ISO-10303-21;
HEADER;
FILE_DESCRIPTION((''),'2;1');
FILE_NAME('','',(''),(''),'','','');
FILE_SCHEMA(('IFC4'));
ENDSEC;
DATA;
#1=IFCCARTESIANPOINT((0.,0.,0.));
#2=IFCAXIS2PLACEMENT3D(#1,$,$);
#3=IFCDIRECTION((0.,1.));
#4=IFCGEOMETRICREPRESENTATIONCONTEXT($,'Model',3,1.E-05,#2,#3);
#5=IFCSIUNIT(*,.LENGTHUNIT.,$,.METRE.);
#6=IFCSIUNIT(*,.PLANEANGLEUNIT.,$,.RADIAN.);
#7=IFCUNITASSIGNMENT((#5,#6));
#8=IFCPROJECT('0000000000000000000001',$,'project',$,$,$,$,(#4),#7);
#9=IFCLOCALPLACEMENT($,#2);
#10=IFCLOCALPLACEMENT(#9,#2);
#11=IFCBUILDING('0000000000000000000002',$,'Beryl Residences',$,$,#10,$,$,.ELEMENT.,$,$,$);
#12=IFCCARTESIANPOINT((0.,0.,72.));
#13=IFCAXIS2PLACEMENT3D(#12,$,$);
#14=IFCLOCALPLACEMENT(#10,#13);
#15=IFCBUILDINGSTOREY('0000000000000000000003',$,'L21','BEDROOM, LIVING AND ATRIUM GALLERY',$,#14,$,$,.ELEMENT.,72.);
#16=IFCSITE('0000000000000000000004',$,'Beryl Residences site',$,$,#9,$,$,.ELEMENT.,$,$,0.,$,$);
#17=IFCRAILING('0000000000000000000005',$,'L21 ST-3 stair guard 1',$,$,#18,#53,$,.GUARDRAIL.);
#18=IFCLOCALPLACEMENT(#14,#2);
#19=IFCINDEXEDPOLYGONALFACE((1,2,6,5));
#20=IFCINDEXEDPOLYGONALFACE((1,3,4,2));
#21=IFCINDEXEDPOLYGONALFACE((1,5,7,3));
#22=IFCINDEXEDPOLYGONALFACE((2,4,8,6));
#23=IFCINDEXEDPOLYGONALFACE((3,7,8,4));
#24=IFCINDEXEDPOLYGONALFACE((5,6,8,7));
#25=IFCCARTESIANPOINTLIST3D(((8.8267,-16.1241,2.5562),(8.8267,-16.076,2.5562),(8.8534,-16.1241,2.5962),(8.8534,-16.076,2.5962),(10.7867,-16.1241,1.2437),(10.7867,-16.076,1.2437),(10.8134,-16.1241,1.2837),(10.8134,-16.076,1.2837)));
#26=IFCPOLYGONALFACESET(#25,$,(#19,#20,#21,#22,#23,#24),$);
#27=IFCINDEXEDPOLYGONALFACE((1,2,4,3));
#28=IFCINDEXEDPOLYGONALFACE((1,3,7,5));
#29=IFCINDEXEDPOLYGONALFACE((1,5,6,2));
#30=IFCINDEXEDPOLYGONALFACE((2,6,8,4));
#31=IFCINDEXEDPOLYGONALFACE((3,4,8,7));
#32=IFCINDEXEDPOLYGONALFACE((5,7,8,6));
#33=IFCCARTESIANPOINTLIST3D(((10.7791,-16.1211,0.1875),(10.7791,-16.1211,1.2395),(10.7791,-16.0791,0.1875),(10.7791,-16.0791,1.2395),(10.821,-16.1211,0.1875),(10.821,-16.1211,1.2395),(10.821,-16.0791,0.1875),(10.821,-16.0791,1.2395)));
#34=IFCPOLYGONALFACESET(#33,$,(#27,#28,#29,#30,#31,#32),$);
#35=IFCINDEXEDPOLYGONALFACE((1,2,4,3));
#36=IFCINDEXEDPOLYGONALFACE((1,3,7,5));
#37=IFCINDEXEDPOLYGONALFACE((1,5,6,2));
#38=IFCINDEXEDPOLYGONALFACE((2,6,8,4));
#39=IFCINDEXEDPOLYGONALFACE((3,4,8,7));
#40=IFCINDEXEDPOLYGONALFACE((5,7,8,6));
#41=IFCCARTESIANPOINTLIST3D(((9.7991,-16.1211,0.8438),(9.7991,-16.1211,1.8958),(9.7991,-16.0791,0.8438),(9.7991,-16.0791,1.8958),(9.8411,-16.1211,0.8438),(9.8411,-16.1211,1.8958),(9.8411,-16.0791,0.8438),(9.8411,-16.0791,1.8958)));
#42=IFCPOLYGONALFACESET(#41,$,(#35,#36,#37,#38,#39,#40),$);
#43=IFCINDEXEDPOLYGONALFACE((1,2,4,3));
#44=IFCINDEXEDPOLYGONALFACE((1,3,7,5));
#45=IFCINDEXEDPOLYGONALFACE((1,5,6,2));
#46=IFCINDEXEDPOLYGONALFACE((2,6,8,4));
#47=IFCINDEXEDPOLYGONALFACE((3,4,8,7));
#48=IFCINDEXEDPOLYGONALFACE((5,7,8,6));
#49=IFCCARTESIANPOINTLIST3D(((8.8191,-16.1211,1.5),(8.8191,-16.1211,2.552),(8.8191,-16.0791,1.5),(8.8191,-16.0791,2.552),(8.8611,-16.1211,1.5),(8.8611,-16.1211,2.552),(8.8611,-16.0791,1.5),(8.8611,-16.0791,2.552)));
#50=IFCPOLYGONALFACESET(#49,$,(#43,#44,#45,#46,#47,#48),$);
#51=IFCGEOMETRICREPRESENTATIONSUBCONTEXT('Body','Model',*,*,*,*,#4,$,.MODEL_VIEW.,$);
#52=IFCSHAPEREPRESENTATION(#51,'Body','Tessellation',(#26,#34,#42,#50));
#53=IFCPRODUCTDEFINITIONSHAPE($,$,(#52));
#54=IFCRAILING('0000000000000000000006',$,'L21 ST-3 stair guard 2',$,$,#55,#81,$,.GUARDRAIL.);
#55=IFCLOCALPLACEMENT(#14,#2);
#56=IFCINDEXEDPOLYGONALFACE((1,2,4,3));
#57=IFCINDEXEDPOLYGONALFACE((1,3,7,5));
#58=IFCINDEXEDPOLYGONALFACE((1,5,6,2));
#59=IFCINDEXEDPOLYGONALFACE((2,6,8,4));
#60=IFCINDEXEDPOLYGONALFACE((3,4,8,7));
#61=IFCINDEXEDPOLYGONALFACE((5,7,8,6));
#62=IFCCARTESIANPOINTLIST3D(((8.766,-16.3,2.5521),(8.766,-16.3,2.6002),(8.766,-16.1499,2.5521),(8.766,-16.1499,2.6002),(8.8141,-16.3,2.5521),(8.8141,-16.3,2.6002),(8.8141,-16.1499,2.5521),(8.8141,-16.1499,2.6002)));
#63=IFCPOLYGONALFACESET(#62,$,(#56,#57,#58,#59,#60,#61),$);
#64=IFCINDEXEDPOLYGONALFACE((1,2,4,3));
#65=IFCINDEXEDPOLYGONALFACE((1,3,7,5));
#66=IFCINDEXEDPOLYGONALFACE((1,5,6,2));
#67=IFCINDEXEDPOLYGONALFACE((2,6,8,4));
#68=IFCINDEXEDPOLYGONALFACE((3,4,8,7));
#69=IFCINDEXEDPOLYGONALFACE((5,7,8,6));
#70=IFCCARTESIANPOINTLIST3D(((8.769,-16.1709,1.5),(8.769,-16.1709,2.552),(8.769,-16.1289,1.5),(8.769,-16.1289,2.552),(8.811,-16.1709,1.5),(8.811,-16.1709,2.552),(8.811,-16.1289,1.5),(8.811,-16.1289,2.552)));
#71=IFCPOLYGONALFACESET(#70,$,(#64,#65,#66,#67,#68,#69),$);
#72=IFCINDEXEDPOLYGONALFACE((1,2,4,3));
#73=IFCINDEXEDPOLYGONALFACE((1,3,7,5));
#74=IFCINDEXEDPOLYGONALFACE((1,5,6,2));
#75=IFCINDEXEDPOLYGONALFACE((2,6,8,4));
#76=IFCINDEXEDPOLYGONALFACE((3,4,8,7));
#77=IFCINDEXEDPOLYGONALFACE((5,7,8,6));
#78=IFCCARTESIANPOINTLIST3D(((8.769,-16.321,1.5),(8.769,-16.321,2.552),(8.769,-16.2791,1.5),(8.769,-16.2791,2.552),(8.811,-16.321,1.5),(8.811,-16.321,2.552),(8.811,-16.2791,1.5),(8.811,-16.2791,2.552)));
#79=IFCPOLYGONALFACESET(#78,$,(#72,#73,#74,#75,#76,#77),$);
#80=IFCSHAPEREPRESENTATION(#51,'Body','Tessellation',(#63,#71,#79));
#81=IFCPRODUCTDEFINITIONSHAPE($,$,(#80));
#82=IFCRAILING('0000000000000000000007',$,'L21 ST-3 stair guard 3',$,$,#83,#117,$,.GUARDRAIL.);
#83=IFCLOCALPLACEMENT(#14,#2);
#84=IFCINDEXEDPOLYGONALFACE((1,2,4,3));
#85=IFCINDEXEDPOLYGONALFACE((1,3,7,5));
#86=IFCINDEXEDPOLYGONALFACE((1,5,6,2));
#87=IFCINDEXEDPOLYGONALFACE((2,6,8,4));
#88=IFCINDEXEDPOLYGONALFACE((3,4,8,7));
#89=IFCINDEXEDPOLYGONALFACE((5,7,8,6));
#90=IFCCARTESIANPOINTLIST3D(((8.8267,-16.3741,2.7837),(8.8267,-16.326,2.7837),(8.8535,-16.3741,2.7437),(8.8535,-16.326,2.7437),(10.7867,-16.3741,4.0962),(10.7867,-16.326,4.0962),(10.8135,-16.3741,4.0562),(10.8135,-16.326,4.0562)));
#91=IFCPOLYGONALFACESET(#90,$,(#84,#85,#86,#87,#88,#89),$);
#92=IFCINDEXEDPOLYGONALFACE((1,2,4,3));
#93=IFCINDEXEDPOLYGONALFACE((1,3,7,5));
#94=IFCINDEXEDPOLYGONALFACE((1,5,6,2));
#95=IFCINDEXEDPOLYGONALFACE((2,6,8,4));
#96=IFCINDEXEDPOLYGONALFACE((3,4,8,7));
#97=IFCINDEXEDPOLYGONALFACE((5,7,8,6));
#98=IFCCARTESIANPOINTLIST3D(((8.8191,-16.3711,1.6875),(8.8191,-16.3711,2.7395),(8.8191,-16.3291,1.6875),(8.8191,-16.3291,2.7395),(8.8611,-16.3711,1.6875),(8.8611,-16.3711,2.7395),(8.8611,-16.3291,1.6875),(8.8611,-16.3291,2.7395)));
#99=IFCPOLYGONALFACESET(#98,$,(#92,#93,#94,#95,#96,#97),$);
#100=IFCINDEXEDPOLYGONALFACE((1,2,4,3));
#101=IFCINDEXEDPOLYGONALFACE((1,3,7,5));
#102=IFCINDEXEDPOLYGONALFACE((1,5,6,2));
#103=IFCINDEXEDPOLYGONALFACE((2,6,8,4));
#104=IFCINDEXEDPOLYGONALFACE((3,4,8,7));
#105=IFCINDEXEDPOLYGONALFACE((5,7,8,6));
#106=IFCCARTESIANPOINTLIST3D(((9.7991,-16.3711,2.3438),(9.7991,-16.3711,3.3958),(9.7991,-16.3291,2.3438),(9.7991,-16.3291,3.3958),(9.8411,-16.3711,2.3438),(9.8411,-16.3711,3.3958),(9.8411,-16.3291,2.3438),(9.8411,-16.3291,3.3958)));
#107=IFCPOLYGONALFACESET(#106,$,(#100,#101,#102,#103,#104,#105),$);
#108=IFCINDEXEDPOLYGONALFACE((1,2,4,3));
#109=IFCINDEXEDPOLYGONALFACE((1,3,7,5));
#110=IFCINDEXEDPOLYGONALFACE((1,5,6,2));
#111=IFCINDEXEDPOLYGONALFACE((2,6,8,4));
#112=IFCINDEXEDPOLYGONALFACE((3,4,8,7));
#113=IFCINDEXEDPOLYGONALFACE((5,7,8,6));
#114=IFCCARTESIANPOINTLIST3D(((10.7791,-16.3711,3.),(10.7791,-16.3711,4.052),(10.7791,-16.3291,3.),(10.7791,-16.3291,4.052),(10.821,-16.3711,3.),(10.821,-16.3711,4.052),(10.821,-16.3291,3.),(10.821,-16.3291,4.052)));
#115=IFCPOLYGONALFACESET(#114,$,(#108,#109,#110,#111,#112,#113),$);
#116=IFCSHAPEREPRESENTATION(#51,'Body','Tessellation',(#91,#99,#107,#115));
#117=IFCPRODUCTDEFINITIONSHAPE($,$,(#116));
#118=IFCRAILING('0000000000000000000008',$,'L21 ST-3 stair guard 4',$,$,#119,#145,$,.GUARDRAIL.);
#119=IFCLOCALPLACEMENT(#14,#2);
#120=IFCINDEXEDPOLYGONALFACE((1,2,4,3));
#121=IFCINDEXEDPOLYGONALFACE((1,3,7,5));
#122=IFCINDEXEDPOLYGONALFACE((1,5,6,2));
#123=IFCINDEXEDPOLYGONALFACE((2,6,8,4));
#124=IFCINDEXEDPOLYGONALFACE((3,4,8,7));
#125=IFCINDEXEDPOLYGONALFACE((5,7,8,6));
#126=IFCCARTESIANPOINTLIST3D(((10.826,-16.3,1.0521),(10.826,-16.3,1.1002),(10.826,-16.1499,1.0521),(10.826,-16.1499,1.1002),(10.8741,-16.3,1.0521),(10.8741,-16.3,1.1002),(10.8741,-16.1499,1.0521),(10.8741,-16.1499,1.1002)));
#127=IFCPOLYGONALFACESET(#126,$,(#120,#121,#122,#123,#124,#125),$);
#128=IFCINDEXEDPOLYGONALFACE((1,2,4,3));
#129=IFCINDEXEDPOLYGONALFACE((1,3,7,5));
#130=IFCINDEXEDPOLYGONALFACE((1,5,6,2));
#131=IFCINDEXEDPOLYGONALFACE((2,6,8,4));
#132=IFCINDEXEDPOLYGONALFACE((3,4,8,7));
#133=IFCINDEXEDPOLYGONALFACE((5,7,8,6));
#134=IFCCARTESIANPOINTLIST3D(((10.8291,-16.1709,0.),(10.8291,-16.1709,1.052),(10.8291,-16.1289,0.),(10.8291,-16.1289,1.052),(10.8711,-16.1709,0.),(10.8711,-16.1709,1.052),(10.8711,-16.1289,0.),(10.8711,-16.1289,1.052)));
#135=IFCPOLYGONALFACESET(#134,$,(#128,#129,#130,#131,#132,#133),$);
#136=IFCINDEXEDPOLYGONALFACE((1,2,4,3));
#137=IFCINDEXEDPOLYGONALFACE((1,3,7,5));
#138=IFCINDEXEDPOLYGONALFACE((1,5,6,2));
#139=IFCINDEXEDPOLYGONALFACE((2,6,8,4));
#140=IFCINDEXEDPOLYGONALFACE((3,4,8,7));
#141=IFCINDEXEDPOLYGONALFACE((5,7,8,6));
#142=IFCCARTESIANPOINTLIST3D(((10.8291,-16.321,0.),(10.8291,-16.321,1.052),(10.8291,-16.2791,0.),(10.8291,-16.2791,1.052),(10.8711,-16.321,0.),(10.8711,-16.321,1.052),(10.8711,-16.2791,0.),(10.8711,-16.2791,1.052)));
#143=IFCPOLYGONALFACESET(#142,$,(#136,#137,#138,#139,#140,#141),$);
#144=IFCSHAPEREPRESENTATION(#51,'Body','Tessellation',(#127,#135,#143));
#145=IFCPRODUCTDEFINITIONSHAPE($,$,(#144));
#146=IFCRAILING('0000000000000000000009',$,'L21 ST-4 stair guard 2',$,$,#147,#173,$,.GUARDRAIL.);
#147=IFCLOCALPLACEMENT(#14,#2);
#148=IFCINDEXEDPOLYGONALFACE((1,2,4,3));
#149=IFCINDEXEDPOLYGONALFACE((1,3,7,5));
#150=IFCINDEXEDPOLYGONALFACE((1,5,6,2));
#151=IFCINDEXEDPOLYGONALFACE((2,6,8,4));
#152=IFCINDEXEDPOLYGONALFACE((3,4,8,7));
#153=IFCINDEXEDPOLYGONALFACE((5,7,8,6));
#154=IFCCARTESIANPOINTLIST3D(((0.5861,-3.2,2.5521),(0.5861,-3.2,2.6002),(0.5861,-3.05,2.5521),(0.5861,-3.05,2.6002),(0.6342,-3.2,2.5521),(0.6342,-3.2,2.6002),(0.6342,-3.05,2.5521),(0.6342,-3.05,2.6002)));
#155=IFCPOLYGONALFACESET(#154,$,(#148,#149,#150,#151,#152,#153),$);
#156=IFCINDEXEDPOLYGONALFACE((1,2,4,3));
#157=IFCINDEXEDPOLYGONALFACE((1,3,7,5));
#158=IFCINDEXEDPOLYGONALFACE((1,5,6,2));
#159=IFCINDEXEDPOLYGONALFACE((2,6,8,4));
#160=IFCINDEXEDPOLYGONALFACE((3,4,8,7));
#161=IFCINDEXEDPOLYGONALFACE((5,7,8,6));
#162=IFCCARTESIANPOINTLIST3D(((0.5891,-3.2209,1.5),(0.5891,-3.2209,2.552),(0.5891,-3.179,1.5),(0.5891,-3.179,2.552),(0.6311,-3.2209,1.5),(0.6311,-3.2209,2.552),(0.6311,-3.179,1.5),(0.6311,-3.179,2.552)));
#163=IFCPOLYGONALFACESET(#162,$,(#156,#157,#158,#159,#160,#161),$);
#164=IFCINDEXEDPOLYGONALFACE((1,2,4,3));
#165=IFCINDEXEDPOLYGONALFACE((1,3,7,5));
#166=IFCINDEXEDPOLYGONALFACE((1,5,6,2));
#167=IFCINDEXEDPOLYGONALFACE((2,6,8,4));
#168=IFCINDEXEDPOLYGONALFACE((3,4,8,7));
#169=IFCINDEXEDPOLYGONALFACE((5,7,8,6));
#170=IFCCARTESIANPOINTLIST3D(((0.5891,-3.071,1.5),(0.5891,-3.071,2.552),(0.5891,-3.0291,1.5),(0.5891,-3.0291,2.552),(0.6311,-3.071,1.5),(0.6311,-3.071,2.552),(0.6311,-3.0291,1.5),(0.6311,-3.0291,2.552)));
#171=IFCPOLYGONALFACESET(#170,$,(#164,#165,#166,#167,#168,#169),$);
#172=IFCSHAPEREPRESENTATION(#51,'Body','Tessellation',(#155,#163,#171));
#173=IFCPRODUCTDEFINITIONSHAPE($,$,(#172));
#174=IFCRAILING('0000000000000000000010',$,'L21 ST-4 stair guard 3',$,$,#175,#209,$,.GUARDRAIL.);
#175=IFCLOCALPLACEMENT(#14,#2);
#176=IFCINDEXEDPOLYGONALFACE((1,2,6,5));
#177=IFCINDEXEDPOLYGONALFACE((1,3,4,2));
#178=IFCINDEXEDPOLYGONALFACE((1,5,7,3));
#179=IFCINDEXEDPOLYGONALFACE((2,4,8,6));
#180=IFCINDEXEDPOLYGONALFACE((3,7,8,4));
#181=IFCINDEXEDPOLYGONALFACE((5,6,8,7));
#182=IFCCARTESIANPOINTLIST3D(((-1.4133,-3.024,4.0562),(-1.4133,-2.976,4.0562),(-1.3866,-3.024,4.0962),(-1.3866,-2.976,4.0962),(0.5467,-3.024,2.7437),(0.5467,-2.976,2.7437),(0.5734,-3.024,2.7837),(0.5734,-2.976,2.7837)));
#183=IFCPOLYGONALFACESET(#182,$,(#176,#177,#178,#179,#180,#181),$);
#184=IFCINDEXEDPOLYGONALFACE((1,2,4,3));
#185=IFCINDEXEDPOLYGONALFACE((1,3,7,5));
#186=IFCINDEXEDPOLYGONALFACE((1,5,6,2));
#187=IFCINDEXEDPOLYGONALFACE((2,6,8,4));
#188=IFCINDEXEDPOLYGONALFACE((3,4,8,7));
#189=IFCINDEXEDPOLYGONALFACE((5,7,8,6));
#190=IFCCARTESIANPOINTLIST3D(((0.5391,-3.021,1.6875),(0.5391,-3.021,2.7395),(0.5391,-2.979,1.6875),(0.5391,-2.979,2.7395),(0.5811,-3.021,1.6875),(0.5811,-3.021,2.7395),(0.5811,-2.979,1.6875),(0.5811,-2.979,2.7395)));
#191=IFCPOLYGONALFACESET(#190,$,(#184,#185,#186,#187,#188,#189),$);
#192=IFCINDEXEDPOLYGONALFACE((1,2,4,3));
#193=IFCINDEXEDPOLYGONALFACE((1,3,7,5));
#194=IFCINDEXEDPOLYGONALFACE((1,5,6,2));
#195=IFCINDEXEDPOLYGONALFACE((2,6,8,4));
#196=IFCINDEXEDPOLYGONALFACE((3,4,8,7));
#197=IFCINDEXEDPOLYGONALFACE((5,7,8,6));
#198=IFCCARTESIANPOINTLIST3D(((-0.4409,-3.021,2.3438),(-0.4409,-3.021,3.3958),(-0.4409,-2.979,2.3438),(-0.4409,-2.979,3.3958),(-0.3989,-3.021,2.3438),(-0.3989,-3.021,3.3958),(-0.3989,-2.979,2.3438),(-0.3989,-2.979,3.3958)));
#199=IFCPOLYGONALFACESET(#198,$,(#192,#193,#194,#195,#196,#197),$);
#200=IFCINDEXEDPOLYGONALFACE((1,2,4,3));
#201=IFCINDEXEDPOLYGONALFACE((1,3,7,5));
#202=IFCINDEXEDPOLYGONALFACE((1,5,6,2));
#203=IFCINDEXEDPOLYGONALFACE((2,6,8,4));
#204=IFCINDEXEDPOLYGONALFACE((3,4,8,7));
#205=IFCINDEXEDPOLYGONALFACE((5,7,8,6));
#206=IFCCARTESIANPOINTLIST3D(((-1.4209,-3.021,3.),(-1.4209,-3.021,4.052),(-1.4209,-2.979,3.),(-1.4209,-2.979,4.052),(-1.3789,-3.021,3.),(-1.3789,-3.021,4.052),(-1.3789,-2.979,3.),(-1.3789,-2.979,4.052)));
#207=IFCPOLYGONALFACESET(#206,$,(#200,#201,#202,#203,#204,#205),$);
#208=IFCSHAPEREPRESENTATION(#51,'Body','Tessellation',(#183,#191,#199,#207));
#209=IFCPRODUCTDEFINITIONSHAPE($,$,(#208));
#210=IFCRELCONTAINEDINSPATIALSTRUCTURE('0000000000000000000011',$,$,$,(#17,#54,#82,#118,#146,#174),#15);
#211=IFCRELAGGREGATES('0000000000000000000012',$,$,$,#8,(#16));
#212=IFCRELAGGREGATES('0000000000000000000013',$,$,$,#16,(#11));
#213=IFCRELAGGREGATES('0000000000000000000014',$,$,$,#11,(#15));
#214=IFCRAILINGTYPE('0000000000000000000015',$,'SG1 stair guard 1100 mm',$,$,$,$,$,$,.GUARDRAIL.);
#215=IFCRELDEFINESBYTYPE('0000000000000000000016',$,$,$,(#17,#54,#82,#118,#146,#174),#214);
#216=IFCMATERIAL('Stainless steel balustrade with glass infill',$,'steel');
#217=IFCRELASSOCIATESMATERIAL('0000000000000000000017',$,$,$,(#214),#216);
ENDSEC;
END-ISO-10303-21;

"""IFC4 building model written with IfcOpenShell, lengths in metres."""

from ifc_helpers import new_model, si_unit, direction, frame, origin, origin_2d, place, context, subcontext, project, spatial, rectangle, extrude, material, type_object, element, save


model = new_model("IFC4")

# Units and contexts
model_context = context("Model", 3, precision=1e-05, world=origin(), true_north=direction((0.0, 1.0)))
body_context = subcontext(model_context, "Body", "Model", "MODEL_VIEW")
ifc_project = project(units=[si_unit("LENGTHUNIT", "METRE"), si_unit("PLANEANGLEUNIT", "RADIAN")], contexts=[model_context])

# Site, building, storey
site_placement = place(None, origin())
site = spatial("IfcSite", under=ifc_project, at=site_placement, Name="Beryl Residences site", CompositionType="ELEMENT", RefElevation=0.0)
building_placement = place(site_placement, origin())
building = spatial("IfcBuilding", under=site, at=building_placement, Name="Beryl Residences", CompositionType="ELEMENT")
storey_placement = place(building_placement, frame((0.0, 0.0, 72.0)))
storey = spatial("IfcBuildingStorey", under=building, at=storey_placement, Name="L21", Description="BEDROOM, LIVING AND ATRIUM GALLERY", CompositionType="ELEMENT", Elevation=72.0)

# Railings
ifc_material_1 = material(Name="Stainless steel balustrade with glass infill", Category="steel")
railing_type_1 = type_object("IfcRailingType", Name="SG1 stair guard 1100 mm", PredefinedType="GUARDRAIL", material=ifc_material_1)
railing_1_placement = place(storey_placement, frame((10.8, -16.1001, 0.1875)))
element("IfcRailing", 1, at=railing_1_placement, inside=storey, type_object=railing_type_1, Name="L21 ST-3 stair guard 1", PredefinedType="GUARDRAIL", context=body_context, shape_type="SweptSolid", body=[
    extrude(rectangle(XDim=0.0481, YDim=0.0481, at=origin_2d()), frame((0.0, 0.0, 1.0762), z_axis=(-0.830902, 0.0, 0.556419), x_axis=(0.0, -1.0, 0.0)), (0.0, 0.0, 1.0), 2.3589),
    extrude(rectangle(XDim=0.042, YDim=0.042, at=origin_2d()), origin(), (0.0, 0.0, 1.0), 1.052),
    extrude(rectangle(XDim=0.042, YDim=0.042, at=origin_2d()), frame((-0.98, 0.0, 0.6562)), (0.0, 0.0, 1.0), 1.052),
    extrude(rectangle(XDim=0.042, YDim=0.042, at=origin_2d()), frame((-1.96, 0.0, 1.3125)), (0.0, 0.0, 1.0), 1.052),
])
railing_2_placement = place(storey_placement, frame((8.79, -16.1499, 1.5)))
element("IfcRailing", 2, at=railing_2_placement, inside=storey, type_object=railing_type_1, Name="L21 ST-3 stair guard 2", PredefinedType="GUARDRAIL", context=body_context, shape_type="SweptSolid", body=[
    extrude(rectangle(XDim=0.0481, YDim=0.0481, at=origin_2d()), frame((0.0, 0.0, 1.0762), z_axis=(0.0, -1.0, 0.0), x_axis=(1.0, 0.0, 0.0)), (0.0, 0.0, 1.0), 0.1501),
    extrude(rectangle(XDim=0.042, YDim=0.042, at=origin_2d()), origin(), (0.0, 0.0, 1.0), 1.052),
    extrude(rectangle(XDim=0.042, YDim=0.042, at=origin_2d()), frame((0.0, -0.1501, 0.0)), (0.0, 0.0, 1.0), 1.052),
])
railing_3_placement = place(storey_placement, frame((8.8401, -16.3501, 1.6875)))
element("IfcRailing", 3, at=railing_3_placement, inside=storey, type_object=railing_type_1, Name="L21 ST-3 stair guard 3", PredefinedType="GUARDRAIL", context=body_context, shape_type="SweptSolid", body=[
    extrude(rectangle(XDim=0.0481, YDim=0.0481, at=origin_2d()), frame((0.0, 0.0, 1.0762), z_axis=(0.830902, 0.0, 0.556419), x_axis=(0.0, 1.0, 0.0)), (0.0, 0.0, 1.0), 2.3589),
    extrude(rectangle(XDim=0.042, YDim=0.042, at=origin_2d()), origin(), (0.0, 0.0, 1.0), 1.052),
    extrude(rectangle(XDim=0.042, YDim=0.042, at=origin_2d()), frame((0.98, 0.0, 0.6562)), (0.0, 0.0, 1.0), 1.052),
    extrude(rectangle(XDim=0.042, YDim=0.042, at=origin_2d()), frame((1.96, 0.0, 1.3125)), (0.0, 0.0, 1.0), 1.052),
])
railing_4_placement = place(storey_placement, frame((10.8501, -16.1499, 0.0)))
element("IfcRailing", 4, at=railing_4_placement, inside=storey, type_object=railing_type_1, Name="L21 ST-3 stair guard 4", PredefinedType="GUARDRAIL", context=body_context, shape_type="SweptSolid", body=[
    extrude(rectangle(XDim=0.0481, YDim=0.0481, at=origin_2d()), frame((0.0, 0.0, 1.0762), z_axis=(0.0, -1.0, 0.0), x_axis=(1.0, 0.0, 0.0)), (0.0, 0.0, 1.0), 0.1501),
    extrude(rectangle(XDim=0.042, YDim=0.042, at=origin_2d()), origin(), (0.0, 0.0, 1.0), 1.052),
    extrude(rectangle(XDim=0.042, YDim=0.042, at=origin_2d()), frame((0.0, -0.1501, 0.0)), (0.0, 0.0, 1.0), 1.052),
])
railing_5_placement = place(storey_placement, frame((0.6101, -3.2, 1.5)))
element("IfcRailing", 5, at=railing_5_placement, inside=storey, type_object=railing_type_1, Name="L21 ST-4 stair guard 2", PredefinedType="GUARDRAIL", context=body_context, shape_type="SweptSolid", body=[
    extrude(rectangle(XDim=0.0481, YDim=0.0481, at=origin_2d()), frame((0.0, 0.0, 1.0762), z_axis=(0.0, 1.0, 0.0), x_axis=(-1.0, 0.0, 0.0)), (0.0, 0.0, 1.0), 0.1499),
    extrude(rectangle(XDim=0.042, YDim=0.042, at=origin_2d()), origin(), (0.0, 0.0, 1.0), 1.052),
    extrude(rectangle(XDim=0.042, YDim=0.042, at=origin_2d()), frame((0.0, 0.1499, 0.0)), (0.0, 0.0, 1.0), 1.052),
])
railing_6_placement = place(storey_placement, frame((0.5601, -3.0, 1.6875)))
element("IfcRailing", 6, at=railing_6_placement, inside=storey, type_object=railing_type_1, Name="L21 ST-4 stair guard 3", PredefinedType="GUARDRAIL", context=body_context, shape_type="SweptSolid", body=[
    extrude(rectangle(XDim=0.0481, YDim=0.0481, at=origin_2d()), frame((0.0, 0.0, 1.0762), z_axis=(-0.830902, 0.0, 0.556419), x_axis=(0.0, -1.0, 0.0)), (0.0, 0.0, 1.0), 2.3589),
    extrude(rectangle(XDim=0.042, YDim=0.042, at=origin_2d()), origin(), (0.0, 0.0, 1.0), 1.052),
    extrude(rectangle(XDim=0.042, YDim=0.042, at=origin_2d()), frame((-0.98, 0.0, 0.6562)), (0.0, 0.0, 1.0), 1.052),
    extrude(rectangle(XDim=0.042, YDim=0.042, at=origin_2d()), frame((-1.96, 0.0, 1.3125)), (0.0, 0.0, 1.0), 1.052),
])

save(model, "model.ifc")
